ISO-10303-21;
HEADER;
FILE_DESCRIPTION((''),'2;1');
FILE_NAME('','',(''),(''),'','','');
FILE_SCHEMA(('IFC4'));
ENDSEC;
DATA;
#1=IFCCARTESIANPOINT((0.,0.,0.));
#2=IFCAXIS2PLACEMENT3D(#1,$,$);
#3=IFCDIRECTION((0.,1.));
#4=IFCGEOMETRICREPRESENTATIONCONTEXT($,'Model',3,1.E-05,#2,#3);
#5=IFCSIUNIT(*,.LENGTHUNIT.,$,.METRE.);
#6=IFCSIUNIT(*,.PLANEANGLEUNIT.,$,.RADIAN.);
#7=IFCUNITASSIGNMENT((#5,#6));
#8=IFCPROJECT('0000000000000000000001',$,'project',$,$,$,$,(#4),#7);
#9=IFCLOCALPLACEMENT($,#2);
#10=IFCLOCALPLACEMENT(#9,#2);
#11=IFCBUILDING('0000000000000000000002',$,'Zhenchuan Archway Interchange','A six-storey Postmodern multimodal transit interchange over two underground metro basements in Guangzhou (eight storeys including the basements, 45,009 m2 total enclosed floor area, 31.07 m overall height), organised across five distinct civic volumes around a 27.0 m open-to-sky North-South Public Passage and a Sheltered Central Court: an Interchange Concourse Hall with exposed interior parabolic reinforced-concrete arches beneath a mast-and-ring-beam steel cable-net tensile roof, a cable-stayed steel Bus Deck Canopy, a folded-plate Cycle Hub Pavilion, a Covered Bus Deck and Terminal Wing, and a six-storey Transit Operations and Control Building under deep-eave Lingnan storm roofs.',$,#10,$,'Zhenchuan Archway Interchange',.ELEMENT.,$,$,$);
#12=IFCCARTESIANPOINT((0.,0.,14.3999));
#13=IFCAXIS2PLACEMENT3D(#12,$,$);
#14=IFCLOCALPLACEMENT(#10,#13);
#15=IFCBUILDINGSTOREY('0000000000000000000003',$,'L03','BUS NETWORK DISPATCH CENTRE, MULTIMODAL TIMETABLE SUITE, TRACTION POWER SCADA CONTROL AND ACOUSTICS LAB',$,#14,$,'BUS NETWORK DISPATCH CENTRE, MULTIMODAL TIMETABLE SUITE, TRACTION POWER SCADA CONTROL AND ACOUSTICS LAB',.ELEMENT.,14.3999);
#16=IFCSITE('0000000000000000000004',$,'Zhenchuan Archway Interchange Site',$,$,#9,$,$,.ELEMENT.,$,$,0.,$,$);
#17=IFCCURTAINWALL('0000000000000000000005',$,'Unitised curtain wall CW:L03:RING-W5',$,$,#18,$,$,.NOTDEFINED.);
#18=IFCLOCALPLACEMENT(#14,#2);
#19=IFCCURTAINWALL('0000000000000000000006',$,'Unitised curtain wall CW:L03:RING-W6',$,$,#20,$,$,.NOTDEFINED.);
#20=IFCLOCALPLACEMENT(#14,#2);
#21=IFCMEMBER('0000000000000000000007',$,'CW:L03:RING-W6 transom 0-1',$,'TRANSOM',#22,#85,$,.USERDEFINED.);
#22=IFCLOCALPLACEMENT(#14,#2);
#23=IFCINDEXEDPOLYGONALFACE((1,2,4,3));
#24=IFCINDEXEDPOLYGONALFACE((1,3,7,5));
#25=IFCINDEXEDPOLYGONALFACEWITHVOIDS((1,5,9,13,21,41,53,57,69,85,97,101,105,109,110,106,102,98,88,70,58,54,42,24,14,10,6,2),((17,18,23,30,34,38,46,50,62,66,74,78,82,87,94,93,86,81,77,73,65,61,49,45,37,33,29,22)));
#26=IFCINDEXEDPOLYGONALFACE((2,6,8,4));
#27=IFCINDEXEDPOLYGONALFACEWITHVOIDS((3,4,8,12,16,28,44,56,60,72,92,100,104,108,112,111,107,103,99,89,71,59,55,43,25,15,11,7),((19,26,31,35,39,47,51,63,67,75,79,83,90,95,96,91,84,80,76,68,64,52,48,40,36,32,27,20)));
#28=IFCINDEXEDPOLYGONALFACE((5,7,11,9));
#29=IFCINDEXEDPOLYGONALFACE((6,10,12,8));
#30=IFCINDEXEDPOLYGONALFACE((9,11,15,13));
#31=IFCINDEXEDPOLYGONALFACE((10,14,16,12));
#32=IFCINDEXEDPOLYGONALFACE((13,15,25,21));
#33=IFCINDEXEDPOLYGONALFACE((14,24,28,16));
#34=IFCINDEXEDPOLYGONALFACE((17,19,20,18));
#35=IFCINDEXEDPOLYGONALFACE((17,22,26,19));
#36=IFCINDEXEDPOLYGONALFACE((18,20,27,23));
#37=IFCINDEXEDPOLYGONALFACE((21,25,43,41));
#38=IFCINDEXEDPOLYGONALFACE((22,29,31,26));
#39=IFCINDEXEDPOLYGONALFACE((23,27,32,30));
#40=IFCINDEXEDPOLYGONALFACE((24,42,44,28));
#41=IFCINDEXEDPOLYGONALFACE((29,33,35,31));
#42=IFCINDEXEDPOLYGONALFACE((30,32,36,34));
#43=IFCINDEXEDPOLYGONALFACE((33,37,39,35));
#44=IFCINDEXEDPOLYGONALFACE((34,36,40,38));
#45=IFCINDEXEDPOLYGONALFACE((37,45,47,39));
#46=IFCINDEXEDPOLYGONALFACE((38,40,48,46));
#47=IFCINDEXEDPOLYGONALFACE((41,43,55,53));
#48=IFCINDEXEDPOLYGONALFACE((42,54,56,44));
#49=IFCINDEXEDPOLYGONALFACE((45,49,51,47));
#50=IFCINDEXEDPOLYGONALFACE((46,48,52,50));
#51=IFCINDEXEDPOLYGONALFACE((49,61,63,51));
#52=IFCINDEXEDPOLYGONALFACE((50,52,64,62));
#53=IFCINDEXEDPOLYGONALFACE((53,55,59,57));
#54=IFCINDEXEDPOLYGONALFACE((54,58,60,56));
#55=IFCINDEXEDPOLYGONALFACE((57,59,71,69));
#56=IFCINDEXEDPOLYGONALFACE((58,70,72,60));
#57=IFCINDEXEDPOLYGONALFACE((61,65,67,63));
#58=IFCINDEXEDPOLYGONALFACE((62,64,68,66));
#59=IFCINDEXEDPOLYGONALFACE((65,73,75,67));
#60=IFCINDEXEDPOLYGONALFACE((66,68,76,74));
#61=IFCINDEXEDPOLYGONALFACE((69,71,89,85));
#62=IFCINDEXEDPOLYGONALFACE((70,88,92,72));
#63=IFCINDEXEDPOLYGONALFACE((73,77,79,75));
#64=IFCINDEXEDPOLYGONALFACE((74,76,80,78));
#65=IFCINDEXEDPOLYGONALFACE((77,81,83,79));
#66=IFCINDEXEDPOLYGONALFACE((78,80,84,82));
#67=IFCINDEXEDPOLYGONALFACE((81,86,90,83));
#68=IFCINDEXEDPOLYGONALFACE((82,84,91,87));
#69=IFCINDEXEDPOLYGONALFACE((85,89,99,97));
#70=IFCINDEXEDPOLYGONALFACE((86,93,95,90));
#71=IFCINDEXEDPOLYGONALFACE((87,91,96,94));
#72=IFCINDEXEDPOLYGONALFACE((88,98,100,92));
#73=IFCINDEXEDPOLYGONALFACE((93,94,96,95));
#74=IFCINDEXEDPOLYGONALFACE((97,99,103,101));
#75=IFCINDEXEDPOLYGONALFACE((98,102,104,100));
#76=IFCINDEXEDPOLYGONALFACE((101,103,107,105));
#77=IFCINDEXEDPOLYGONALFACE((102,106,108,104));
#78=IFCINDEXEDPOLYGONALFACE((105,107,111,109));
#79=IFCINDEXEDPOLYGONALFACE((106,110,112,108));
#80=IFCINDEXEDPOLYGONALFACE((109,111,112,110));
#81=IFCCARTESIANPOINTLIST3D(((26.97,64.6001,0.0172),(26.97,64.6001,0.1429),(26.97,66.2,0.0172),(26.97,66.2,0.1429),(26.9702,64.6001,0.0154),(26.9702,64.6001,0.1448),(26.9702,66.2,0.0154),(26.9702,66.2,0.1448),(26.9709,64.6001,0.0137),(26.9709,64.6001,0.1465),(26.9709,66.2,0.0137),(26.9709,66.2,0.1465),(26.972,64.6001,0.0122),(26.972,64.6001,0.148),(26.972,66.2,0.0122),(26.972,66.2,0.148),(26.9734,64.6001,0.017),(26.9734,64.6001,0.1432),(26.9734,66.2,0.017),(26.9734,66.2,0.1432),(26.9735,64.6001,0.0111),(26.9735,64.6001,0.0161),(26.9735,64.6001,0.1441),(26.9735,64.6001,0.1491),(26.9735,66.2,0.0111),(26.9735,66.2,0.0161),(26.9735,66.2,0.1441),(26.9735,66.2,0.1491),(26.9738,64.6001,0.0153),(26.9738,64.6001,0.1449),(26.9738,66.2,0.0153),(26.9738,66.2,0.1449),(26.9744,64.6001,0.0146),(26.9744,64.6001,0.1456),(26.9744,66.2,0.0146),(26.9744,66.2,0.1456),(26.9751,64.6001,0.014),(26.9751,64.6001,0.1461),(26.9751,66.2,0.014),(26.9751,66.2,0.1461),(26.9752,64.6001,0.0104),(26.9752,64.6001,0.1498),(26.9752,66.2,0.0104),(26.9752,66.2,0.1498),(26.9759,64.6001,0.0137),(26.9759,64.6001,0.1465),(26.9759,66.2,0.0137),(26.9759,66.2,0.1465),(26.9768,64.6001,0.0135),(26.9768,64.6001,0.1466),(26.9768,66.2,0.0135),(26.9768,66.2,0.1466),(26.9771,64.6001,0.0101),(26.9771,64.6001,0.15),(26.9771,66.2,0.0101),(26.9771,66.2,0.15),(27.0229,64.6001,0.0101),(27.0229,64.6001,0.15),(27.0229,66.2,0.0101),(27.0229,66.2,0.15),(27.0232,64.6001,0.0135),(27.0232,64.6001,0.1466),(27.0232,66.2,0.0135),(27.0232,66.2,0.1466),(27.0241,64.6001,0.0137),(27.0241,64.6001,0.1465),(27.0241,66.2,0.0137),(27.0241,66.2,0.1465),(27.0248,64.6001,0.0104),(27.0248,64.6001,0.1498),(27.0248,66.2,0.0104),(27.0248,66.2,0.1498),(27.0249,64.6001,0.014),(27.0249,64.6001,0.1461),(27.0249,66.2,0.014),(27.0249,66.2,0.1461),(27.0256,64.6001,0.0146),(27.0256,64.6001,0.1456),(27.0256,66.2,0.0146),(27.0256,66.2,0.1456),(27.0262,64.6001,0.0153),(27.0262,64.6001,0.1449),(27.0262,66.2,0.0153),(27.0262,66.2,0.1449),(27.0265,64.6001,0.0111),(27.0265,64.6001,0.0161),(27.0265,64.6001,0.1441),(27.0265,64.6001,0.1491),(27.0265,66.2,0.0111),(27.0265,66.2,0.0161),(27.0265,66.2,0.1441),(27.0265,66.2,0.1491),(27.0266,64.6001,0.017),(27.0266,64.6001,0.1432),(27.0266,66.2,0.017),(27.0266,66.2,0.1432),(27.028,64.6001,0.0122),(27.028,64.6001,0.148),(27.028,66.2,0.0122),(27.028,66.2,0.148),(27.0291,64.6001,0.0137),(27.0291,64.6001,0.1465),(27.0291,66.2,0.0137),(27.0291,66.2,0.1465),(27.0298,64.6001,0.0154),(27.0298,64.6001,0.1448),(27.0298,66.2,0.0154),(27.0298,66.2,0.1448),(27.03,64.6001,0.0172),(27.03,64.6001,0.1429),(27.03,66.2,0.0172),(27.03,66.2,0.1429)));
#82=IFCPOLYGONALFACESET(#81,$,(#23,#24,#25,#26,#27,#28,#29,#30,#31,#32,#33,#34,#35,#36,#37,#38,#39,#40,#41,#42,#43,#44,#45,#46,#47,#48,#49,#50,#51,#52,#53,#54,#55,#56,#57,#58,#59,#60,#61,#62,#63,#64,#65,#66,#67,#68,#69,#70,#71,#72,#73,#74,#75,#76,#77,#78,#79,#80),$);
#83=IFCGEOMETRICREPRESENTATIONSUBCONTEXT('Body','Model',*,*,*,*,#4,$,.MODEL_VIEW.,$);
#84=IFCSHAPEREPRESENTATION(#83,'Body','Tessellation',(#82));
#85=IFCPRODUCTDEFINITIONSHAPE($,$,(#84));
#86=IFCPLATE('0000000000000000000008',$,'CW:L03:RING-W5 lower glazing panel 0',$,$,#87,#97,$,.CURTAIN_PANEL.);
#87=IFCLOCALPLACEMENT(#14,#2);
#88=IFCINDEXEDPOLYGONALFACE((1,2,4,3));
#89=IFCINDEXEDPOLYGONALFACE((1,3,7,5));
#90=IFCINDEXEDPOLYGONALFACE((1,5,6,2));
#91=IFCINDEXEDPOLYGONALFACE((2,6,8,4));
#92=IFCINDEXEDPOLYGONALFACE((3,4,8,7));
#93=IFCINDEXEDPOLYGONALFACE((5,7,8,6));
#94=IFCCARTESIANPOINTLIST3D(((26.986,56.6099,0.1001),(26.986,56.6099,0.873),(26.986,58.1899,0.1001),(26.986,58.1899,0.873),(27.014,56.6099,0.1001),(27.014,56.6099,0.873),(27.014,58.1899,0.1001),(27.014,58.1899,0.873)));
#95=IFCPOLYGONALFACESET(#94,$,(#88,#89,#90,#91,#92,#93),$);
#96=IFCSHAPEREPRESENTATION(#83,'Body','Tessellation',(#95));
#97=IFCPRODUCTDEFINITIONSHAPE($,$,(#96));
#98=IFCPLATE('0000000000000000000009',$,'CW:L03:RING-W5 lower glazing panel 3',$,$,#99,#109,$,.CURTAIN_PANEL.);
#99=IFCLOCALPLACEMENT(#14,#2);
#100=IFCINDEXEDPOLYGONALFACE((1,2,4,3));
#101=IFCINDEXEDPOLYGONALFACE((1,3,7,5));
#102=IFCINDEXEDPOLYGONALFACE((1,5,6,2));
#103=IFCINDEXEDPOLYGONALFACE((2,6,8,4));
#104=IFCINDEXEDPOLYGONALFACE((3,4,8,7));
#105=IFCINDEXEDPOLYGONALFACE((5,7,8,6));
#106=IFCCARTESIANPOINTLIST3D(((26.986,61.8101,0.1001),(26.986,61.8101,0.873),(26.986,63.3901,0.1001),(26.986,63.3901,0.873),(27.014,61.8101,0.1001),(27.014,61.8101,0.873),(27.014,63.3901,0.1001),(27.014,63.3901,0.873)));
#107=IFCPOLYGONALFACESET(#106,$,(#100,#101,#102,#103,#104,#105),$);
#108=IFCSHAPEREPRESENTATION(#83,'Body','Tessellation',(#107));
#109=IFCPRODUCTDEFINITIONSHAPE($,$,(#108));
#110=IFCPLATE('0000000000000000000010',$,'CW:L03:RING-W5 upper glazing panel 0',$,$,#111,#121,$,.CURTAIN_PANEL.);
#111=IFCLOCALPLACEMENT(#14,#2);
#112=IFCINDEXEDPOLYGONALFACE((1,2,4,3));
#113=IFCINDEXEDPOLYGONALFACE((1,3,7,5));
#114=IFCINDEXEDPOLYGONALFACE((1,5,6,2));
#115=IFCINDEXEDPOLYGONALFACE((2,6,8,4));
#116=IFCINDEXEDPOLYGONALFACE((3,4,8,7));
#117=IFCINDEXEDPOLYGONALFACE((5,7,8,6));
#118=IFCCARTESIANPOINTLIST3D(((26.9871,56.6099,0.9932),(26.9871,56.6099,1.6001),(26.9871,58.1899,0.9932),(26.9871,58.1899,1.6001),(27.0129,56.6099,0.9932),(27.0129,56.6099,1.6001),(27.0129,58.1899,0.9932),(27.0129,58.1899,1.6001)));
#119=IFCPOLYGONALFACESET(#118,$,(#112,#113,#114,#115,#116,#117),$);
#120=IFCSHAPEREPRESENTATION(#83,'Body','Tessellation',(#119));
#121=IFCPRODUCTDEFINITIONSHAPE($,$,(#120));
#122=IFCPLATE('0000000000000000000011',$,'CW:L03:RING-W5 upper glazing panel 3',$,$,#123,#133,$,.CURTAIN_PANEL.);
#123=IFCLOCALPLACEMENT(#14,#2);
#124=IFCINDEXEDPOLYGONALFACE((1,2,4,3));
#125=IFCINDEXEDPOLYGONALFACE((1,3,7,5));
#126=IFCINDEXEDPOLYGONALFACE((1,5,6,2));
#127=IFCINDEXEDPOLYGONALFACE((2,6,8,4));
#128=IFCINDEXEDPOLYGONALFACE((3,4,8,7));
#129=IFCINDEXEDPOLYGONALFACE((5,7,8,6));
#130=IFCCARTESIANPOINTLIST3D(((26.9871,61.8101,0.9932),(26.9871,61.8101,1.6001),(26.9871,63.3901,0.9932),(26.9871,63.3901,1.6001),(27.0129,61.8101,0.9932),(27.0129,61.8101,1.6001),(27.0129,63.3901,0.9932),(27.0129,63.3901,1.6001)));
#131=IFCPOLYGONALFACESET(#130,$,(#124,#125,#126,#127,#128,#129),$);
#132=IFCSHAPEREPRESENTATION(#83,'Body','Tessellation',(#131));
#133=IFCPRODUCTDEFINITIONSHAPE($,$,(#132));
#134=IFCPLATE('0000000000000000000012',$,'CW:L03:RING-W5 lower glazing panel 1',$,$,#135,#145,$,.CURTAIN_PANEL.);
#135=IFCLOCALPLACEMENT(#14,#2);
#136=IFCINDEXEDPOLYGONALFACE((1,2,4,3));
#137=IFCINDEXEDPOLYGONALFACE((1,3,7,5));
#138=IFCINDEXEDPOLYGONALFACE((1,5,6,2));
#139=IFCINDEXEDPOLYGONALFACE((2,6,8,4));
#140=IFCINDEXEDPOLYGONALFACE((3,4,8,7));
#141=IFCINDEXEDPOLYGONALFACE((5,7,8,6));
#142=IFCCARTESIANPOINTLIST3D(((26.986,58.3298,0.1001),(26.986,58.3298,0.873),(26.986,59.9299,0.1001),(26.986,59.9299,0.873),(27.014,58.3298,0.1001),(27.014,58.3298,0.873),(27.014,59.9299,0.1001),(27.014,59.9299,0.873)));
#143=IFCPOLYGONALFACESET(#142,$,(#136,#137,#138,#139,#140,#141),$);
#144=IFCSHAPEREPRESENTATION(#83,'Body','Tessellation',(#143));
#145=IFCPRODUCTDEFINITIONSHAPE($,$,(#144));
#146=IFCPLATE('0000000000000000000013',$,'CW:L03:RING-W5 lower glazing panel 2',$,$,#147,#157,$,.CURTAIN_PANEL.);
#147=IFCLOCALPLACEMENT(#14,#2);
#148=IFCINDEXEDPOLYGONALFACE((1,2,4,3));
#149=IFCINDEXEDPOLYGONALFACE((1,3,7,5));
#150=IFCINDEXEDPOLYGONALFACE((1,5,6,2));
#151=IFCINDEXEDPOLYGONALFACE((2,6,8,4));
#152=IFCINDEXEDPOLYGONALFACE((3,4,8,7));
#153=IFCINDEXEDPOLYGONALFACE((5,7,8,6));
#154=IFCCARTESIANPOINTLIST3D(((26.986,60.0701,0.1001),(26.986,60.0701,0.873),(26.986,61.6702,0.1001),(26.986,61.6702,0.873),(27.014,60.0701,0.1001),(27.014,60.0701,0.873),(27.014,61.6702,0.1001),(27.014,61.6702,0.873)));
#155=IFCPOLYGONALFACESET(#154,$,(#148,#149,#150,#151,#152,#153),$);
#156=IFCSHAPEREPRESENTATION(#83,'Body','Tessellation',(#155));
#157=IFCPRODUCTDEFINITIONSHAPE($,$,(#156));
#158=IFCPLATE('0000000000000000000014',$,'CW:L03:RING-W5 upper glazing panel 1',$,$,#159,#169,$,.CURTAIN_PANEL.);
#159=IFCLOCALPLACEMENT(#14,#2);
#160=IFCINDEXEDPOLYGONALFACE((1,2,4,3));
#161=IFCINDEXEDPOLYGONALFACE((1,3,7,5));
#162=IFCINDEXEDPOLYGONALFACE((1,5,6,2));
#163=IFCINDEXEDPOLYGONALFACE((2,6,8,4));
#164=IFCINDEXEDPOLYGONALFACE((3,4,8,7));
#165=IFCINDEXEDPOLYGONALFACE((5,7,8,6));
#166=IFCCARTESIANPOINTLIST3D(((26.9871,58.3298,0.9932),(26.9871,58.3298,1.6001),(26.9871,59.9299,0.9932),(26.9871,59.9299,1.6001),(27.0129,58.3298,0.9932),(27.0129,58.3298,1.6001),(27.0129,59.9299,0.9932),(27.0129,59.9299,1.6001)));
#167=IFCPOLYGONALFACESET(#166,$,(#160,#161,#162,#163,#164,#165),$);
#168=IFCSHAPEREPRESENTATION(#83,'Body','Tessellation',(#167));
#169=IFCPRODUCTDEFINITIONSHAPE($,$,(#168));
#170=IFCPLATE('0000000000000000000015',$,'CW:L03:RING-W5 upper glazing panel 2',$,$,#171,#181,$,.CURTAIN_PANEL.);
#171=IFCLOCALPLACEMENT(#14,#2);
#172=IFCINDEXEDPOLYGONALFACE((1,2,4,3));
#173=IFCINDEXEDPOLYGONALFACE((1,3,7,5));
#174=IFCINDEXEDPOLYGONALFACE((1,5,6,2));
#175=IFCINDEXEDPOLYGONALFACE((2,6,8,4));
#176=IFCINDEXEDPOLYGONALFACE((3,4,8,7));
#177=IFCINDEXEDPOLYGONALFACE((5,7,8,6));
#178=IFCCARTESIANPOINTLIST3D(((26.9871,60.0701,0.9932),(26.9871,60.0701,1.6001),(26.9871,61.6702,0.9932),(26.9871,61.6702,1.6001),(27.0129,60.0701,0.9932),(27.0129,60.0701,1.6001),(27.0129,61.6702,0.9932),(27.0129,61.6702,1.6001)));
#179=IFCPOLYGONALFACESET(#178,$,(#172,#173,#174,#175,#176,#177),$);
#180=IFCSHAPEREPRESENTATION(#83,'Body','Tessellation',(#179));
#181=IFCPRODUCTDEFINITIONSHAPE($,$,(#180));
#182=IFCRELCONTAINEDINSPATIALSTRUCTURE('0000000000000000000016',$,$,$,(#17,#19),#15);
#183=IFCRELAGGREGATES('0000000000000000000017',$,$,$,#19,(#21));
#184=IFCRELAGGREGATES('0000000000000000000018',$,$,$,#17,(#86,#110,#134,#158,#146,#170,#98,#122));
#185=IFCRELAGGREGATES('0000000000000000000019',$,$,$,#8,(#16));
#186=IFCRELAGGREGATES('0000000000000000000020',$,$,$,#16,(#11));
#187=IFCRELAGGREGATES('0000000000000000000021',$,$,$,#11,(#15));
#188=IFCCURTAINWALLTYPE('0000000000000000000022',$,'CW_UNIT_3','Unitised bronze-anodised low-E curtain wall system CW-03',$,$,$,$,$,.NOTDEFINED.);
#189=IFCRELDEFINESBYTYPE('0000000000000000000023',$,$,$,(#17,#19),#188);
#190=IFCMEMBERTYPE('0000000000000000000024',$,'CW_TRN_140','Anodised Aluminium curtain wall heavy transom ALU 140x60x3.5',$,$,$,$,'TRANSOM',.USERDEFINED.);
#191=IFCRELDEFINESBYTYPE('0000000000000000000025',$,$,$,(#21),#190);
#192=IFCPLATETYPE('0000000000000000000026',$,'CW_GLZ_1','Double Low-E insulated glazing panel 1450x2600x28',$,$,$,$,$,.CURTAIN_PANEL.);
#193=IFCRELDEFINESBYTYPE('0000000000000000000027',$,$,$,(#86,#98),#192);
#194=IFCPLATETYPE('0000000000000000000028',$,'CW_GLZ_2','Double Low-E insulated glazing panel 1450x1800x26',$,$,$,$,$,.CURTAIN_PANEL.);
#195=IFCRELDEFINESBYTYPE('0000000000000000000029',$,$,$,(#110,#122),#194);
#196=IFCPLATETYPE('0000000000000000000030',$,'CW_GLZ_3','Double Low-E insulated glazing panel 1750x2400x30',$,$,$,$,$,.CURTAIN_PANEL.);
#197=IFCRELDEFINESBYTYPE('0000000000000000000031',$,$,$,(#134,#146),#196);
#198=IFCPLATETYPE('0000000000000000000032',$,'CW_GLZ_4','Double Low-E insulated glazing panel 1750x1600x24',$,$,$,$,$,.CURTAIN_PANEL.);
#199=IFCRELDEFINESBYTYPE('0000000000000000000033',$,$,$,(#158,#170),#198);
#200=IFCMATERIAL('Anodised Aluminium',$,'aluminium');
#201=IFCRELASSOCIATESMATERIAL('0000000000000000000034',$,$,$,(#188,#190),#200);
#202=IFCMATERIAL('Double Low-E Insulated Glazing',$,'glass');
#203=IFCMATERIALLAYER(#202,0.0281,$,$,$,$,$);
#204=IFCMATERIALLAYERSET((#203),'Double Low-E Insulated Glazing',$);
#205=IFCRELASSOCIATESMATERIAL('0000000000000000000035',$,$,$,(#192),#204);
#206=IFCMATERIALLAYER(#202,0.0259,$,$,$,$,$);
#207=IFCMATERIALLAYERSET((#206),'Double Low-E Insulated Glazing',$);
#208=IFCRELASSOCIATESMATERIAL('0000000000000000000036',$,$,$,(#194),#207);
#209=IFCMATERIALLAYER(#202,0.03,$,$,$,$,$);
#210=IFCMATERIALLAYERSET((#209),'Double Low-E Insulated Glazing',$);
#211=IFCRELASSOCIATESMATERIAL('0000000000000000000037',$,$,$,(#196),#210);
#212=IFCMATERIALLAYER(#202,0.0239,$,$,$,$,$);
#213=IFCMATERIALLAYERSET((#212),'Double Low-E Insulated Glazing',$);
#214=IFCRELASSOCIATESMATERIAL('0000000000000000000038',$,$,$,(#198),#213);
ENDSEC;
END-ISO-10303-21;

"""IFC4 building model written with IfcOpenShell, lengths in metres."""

from ifc_helpers import new_model, si_unit, direction, frame, origin, origin_2d, place, context, subcontext, project, spatial, rectangle, hollow_rectangle, extrude, material, layer, layer_set, material_profile, profile_set, type_object, element, aggregate, save


model = new_model("IFC4")

# Units and contexts
model_context = context("Model", 3, precision=1e-05, world=origin(), true_north=direction((0.0, 1.0)))
body_context = subcontext(model_context, "Body", "Model", "MODEL_VIEW")
ifc_project = project(units=[si_unit("LENGTHUNIT", "METRE"), si_unit("PLANEANGLEUNIT", "RADIAN")], contexts=[model_context])

# Site, building, storey
site_placement = place(None, origin())
site = spatial("IfcSite", under=ifc_project, at=site_placement, Name="Zhenchuan Archway Interchange Site", CompositionType="ELEMENT", RefElevation=0.0)
building_placement = place(site_placement, origin())
building = spatial("IfcBuilding", under=site, at=building_placement, Name="Zhenchuan Archway Interchange", Description="A six-storey Postmodern multimodal transit interchange over two underground metro basements in Guangzhou (eight storeys including the basements, 45,009 m2 total enclosed floor area, 31.07 m overall height), organised across five distinct civic volumes around a 27.0 m open-to-sky North-South Public Passage and a Sheltered Central Court: an Interchange Concourse Hall with exposed interior parabolic reinforced-concrete arches beneath a mast-and-ring-beam steel cable-net tensile roof, a cable-stayed steel Bus Deck Canopy, a folded-plate Cycle Hub Pavilion, a Covered Bus Deck and Terminal Wing, and a six-storey Transit Operations and Control Building under deep-eave Lingnan storm roofs.", LongName="Zhenchuan Archway Interchange", CompositionType="ELEMENT")
storey_placement = place(building_placement, frame((0.0, 0.0, 14.3999)))
storey = spatial("IfcBuildingStorey", under=building, at=storey_placement, Name="L03", Description="BUS NETWORK DISPATCH CENTRE, MULTIMODAL TIMETABLE SUITE, TRACTION POWER SCADA CONTROL AND ACOUSTICS LAB", LongName="BUS NETWORK DISPATCH CENTRE, MULTIMODAL TIMETABLE SUITE, TRACTION POWER SCADA CONTROL AND ACOUSTICS LAB", CompositionType="ELEMENT", Elevation=14.3999)

# Curtain wall
ifc_material_1 = material(Name="Anodised Aluminium", Category="aluminium")
curtain_wall_type = type_object("IfcCurtainWallType", Name="CW_UNIT_3", Description="Unitised bronze-anodised low-E curtain wall system CW-03", PredefinedType="NOTDEFINED", material=ifc_material_1)
curtain_wall_1_placement = place(storey_placement, origin())
curtain_wall_1 = element("IfcCurtainWall", 1, at=curtain_wall_1_placement, inside=storey, type_object=curtain_wall_type, Name="Unitised curtain wall CW:L03:RING-W5", PredefinedType="NOTDEFINED")

# Curtain wall
curtain_wall_2_placement = place(storey_placement, origin())
curtain_wall_2 = element("IfcCurtainWall", 2, at=curtain_wall_2_placement, inside=storey, type_object=curtain_wall_type, Name="Unitised curtain wall CW:L03:RING-W6", PredefinedType="NOTDEFINED")

# Member
ifc_material_profile_1 = material_profile(ifc_material_1, hollow_rectangle(XDim=0.0601, YDim=0.1399, WallThickness=0.0034, InnerFilletRadius=0.0034, OuterFilletRadius=0.0071, at=origin_2d()), Name="ALU 140x60x3.5")
ifc_profile_set_1 = profile_set([ifc_material_profile_1], Name="Anodised Aluminium")
member_type_1 = type_object("IfcMemberType", Name="CW_TRN_140", Description="Anodised Aluminium curtain wall heavy transom ALU 140x60x3.5", ElementType="TRANSOM", PredefinedType="USERDEFINED", material=ifc_profile_set_1)
member_1_placement = place(storey_placement, frame((27.0, 64.6001, 0.0801), z_axis=(0.0, 1.0, 0.0), x_axis=(-1.0, 0.0, 0.0)))
member_1 = element("IfcMember", 3, at=member_1_placement, type_object=member_type_1, Name="CW:L03:RING-W6 transom 0-1", ObjectType="TRANSOM", PredefinedType="USERDEFINED", context=body_context, shape_type="SweptSolid", body=[
    extrude(hollow_rectangle(XDim=0.0601, YDim=0.1399, WallThickness=0.0034, InnerFilletRadius=0.0034, OuterFilletRadius=0.0071, at=origin_2d()), origin(), (0.0, 0.0, 1.0), 1.5999),
])
aggregate(curtain_wall_2, [member_1])

# Plates
ifc_material_2 = material(Name="Double Low-E Insulated Glazing", Category="glass")
ifc_layer_1 = layer(ifc_material_2, 0.0281)
ifc_layer_set_1 = layer_set([ifc_layer_1], Name="Double Low-E Insulated Glazing")
plate_type_1 = type_object("IfcPlateType", Name="CW_GLZ_1", Description="Double Low-E insulated glazing panel 1450x2600x28", PredefinedType="CURTAIN_PANEL", material=ifc_layer_set_1)
plate_1_placement = place(storey_placement, frame((27.0, 57.3999, 0.1001), z_axis=(0.0, 0.0, 1.0), x_axis=(0.0, 1.0, 0.0)))
plate_1 = element("IfcPlate", 4, at=plate_1_placement, type_object=plate_type_1, Name="CW:L03:RING-W5 lower glazing panel 0", PredefinedType="CURTAIN_PANEL", context=body_context, shape_type="SweptSolid", body=[
    extrude(rectangle(XDim=1.5801, YDim=0.0281, at=origin_2d()), origin(), (0.0, 0.0, 1.0), 0.7729),
])
plate_2_placement = place(storey_placement, frame((27.0, 62.6001, 0.1001), z_axis=(0.0, 0.0, 1.0), x_axis=(0.0, 1.0, 0.0)))
plate_2 = element("IfcPlate", 5, at=plate_2_placement, type_object=plate_type_1, Name="CW:L03:RING-W5 lower glazing panel 3", PredefinedType="CURTAIN_PANEL", context=body_context, shape_type="SweptSolid", body=[
    extrude(rectangle(XDim=1.5801, YDim=0.0281, at=origin_2d()), origin(), (0.0, 0.0, 1.0), 0.7729),
])
ifc_layer_2 = layer(ifc_material_2, 0.0259)
ifc_layer_set_2 = layer_set([ifc_layer_2], Name="Double Low-E Insulated Glazing")
plate_type_2 = type_object("IfcPlateType", Name="CW_GLZ_2", Description="Double Low-E insulated glazing panel 1450x1800x26", PredefinedType="CURTAIN_PANEL", material=ifc_layer_set_2)
plate_3_placement = place(storey_placement, frame((27.0, 57.3999, 0.9932), z_axis=(0.0, 0.0, 1.0), x_axis=(0.0, 1.0, 0.0)))
plate_3 = element("IfcPlate", 6, at=plate_3_placement, type_object=plate_type_2, Name="CW:L03:RING-W5 upper glazing panel 0", PredefinedType="CURTAIN_PANEL", context=body_context, shape_type="SweptSolid", body=[
    extrude(rectangle(XDim=1.5801, YDim=0.0259, at=origin_2d()), origin(), (0.0, 0.0, 1.0), 0.6069),
])
plate_4_placement = place(storey_placement, frame((27.0, 62.6001, 0.9932), z_axis=(0.0, 0.0, 1.0), x_axis=(0.0, 1.0, 0.0)))
plate_4 = element("IfcPlate", 7, at=plate_4_placement, type_object=plate_type_2, Name="CW:L03:RING-W5 upper glazing panel 3", PredefinedType="CURTAIN_PANEL", context=body_context, shape_type="SweptSolid", body=[
    extrude(rectangle(XDim=1.5801, YDim=0.0259, at=origin_2d()), origin(), (0.0, 0.0, 1.0), 0.6069),
])
ifc_layer_3 = layer(ifc_material_2, 0.03)
ifc_layer_set_3 = layer_set([ifc_layer_3], Name="Double Low-E Insulated Glazing")
plate_type_3 = type_object("IfcPlateType", Name="CW_GLZ_3", Description="Double Low-E insulated glazing panel 1750x2400x30", PredefinedType="CURTAIN_PANEL", material=ifc_layer_set_3)
plate_5_placement = place(storey_placement, frame((27.0, 59.1299, 0.1001), z_axis=(0.0, 0.0, 1.0), x_axis=(0.0, 1.0, 0.0)))
plate_5 = element("IfcPlate", 8, at=plate_5_placement, type_object=plate_type_3, Name="CW:L03:RING-W5 lower glazing panel 1", PredefinedType="CURTAIN_PANEL", context=body_context, shape_type="SweptSolid", body=[
    extrude(rectangle(XDim=1.6001, YDim=0.0281, at=origin_2d()), origin(), (0.0, 0.0, 1.0), 0.7729),
])
plate_6_placement = place(storey_placement, frame((27.0, 60.8701, 0.1001), z_axis=(0.0, 0.0, 1.0), x_axis=(0.0, 1.0, 0.0)))
plate_6 = element("IfcPlate", 9, at=plate_6_placement, type_object=plate_type_3, Name="CW:L03:RING-W5 lower glazing panel 2", PredefinedType="CURTAIN_PANEL", context=body_context, shape_type="SweptSolid", body=[
    extrude(rectangle(XDim=1.6001, YDim=0.0281, at=origin_2d()), origin(), (0.0, 0.0, 1.0), 0.7729),
])
ifc_layer_4 = layer(ifc_material_2, 0.0239)
ifc_layer_set_4 = layer_set([ifc_layer_4], Name="Double Low-E Insulated Glazing")
plate_type_4 = type_object("IfcPlateType", Name="CW_GLZ_4", Description="Double Low-E insulated glazing panel 1750x1600x24", PredefinedType="CURTAIN_PANEL", material=ifc_layer_set_4)
plate_7_placement = place(storey_placement, frame((27.0, 59.1299, 0.9932), z_axis=(0.0, 0.0, 1.0), x_axis=(0.0, 1.0, 0.0)))
plate_7 = element("IfcPlate", 10, at=plate_7_placement, type_object=plate_type_4, Name="CW:L03:RING-W5 upper glazing panel 1", PredefinedType="CURTAIN_PANEL", context=body_context, shape_type="SweptSolid", body=[
    extrude(rectangle(XDim=1.6001, YDim=0.0259, at=origin_2d()), origin(), (0.0, 0.0, 1.0), 0.6069),
])
plate_8_placement = place(storey_placement, frame((27.0, 60.8701, 0.9932), z_axis=(0.0, 0.0, 1.0), x_axis=(0.0, 1.0, 0.0)))
plate_8 = element("IfcPlate", 11, at=plate_8_placement, type_object=plate_type_4, Name="CW:L03:RING-W5 upper glazing panel 2", PredefinedType="CURTAIN_PANEL", context=body_context, shape_type="SweptSolid", body=[
    extrude(rectangle(XDim=1.6001, YDim=0.0259, at=origin_2d()), origin(), (0.0, 0.0, 1.0), 0.6069),
])
aggregate(curtain_wall_1, [plate_1, plate_3, plate_5, plate_7, plate_6, plate_8, plate_2, plate_4])

save(model, "model.ifc")
